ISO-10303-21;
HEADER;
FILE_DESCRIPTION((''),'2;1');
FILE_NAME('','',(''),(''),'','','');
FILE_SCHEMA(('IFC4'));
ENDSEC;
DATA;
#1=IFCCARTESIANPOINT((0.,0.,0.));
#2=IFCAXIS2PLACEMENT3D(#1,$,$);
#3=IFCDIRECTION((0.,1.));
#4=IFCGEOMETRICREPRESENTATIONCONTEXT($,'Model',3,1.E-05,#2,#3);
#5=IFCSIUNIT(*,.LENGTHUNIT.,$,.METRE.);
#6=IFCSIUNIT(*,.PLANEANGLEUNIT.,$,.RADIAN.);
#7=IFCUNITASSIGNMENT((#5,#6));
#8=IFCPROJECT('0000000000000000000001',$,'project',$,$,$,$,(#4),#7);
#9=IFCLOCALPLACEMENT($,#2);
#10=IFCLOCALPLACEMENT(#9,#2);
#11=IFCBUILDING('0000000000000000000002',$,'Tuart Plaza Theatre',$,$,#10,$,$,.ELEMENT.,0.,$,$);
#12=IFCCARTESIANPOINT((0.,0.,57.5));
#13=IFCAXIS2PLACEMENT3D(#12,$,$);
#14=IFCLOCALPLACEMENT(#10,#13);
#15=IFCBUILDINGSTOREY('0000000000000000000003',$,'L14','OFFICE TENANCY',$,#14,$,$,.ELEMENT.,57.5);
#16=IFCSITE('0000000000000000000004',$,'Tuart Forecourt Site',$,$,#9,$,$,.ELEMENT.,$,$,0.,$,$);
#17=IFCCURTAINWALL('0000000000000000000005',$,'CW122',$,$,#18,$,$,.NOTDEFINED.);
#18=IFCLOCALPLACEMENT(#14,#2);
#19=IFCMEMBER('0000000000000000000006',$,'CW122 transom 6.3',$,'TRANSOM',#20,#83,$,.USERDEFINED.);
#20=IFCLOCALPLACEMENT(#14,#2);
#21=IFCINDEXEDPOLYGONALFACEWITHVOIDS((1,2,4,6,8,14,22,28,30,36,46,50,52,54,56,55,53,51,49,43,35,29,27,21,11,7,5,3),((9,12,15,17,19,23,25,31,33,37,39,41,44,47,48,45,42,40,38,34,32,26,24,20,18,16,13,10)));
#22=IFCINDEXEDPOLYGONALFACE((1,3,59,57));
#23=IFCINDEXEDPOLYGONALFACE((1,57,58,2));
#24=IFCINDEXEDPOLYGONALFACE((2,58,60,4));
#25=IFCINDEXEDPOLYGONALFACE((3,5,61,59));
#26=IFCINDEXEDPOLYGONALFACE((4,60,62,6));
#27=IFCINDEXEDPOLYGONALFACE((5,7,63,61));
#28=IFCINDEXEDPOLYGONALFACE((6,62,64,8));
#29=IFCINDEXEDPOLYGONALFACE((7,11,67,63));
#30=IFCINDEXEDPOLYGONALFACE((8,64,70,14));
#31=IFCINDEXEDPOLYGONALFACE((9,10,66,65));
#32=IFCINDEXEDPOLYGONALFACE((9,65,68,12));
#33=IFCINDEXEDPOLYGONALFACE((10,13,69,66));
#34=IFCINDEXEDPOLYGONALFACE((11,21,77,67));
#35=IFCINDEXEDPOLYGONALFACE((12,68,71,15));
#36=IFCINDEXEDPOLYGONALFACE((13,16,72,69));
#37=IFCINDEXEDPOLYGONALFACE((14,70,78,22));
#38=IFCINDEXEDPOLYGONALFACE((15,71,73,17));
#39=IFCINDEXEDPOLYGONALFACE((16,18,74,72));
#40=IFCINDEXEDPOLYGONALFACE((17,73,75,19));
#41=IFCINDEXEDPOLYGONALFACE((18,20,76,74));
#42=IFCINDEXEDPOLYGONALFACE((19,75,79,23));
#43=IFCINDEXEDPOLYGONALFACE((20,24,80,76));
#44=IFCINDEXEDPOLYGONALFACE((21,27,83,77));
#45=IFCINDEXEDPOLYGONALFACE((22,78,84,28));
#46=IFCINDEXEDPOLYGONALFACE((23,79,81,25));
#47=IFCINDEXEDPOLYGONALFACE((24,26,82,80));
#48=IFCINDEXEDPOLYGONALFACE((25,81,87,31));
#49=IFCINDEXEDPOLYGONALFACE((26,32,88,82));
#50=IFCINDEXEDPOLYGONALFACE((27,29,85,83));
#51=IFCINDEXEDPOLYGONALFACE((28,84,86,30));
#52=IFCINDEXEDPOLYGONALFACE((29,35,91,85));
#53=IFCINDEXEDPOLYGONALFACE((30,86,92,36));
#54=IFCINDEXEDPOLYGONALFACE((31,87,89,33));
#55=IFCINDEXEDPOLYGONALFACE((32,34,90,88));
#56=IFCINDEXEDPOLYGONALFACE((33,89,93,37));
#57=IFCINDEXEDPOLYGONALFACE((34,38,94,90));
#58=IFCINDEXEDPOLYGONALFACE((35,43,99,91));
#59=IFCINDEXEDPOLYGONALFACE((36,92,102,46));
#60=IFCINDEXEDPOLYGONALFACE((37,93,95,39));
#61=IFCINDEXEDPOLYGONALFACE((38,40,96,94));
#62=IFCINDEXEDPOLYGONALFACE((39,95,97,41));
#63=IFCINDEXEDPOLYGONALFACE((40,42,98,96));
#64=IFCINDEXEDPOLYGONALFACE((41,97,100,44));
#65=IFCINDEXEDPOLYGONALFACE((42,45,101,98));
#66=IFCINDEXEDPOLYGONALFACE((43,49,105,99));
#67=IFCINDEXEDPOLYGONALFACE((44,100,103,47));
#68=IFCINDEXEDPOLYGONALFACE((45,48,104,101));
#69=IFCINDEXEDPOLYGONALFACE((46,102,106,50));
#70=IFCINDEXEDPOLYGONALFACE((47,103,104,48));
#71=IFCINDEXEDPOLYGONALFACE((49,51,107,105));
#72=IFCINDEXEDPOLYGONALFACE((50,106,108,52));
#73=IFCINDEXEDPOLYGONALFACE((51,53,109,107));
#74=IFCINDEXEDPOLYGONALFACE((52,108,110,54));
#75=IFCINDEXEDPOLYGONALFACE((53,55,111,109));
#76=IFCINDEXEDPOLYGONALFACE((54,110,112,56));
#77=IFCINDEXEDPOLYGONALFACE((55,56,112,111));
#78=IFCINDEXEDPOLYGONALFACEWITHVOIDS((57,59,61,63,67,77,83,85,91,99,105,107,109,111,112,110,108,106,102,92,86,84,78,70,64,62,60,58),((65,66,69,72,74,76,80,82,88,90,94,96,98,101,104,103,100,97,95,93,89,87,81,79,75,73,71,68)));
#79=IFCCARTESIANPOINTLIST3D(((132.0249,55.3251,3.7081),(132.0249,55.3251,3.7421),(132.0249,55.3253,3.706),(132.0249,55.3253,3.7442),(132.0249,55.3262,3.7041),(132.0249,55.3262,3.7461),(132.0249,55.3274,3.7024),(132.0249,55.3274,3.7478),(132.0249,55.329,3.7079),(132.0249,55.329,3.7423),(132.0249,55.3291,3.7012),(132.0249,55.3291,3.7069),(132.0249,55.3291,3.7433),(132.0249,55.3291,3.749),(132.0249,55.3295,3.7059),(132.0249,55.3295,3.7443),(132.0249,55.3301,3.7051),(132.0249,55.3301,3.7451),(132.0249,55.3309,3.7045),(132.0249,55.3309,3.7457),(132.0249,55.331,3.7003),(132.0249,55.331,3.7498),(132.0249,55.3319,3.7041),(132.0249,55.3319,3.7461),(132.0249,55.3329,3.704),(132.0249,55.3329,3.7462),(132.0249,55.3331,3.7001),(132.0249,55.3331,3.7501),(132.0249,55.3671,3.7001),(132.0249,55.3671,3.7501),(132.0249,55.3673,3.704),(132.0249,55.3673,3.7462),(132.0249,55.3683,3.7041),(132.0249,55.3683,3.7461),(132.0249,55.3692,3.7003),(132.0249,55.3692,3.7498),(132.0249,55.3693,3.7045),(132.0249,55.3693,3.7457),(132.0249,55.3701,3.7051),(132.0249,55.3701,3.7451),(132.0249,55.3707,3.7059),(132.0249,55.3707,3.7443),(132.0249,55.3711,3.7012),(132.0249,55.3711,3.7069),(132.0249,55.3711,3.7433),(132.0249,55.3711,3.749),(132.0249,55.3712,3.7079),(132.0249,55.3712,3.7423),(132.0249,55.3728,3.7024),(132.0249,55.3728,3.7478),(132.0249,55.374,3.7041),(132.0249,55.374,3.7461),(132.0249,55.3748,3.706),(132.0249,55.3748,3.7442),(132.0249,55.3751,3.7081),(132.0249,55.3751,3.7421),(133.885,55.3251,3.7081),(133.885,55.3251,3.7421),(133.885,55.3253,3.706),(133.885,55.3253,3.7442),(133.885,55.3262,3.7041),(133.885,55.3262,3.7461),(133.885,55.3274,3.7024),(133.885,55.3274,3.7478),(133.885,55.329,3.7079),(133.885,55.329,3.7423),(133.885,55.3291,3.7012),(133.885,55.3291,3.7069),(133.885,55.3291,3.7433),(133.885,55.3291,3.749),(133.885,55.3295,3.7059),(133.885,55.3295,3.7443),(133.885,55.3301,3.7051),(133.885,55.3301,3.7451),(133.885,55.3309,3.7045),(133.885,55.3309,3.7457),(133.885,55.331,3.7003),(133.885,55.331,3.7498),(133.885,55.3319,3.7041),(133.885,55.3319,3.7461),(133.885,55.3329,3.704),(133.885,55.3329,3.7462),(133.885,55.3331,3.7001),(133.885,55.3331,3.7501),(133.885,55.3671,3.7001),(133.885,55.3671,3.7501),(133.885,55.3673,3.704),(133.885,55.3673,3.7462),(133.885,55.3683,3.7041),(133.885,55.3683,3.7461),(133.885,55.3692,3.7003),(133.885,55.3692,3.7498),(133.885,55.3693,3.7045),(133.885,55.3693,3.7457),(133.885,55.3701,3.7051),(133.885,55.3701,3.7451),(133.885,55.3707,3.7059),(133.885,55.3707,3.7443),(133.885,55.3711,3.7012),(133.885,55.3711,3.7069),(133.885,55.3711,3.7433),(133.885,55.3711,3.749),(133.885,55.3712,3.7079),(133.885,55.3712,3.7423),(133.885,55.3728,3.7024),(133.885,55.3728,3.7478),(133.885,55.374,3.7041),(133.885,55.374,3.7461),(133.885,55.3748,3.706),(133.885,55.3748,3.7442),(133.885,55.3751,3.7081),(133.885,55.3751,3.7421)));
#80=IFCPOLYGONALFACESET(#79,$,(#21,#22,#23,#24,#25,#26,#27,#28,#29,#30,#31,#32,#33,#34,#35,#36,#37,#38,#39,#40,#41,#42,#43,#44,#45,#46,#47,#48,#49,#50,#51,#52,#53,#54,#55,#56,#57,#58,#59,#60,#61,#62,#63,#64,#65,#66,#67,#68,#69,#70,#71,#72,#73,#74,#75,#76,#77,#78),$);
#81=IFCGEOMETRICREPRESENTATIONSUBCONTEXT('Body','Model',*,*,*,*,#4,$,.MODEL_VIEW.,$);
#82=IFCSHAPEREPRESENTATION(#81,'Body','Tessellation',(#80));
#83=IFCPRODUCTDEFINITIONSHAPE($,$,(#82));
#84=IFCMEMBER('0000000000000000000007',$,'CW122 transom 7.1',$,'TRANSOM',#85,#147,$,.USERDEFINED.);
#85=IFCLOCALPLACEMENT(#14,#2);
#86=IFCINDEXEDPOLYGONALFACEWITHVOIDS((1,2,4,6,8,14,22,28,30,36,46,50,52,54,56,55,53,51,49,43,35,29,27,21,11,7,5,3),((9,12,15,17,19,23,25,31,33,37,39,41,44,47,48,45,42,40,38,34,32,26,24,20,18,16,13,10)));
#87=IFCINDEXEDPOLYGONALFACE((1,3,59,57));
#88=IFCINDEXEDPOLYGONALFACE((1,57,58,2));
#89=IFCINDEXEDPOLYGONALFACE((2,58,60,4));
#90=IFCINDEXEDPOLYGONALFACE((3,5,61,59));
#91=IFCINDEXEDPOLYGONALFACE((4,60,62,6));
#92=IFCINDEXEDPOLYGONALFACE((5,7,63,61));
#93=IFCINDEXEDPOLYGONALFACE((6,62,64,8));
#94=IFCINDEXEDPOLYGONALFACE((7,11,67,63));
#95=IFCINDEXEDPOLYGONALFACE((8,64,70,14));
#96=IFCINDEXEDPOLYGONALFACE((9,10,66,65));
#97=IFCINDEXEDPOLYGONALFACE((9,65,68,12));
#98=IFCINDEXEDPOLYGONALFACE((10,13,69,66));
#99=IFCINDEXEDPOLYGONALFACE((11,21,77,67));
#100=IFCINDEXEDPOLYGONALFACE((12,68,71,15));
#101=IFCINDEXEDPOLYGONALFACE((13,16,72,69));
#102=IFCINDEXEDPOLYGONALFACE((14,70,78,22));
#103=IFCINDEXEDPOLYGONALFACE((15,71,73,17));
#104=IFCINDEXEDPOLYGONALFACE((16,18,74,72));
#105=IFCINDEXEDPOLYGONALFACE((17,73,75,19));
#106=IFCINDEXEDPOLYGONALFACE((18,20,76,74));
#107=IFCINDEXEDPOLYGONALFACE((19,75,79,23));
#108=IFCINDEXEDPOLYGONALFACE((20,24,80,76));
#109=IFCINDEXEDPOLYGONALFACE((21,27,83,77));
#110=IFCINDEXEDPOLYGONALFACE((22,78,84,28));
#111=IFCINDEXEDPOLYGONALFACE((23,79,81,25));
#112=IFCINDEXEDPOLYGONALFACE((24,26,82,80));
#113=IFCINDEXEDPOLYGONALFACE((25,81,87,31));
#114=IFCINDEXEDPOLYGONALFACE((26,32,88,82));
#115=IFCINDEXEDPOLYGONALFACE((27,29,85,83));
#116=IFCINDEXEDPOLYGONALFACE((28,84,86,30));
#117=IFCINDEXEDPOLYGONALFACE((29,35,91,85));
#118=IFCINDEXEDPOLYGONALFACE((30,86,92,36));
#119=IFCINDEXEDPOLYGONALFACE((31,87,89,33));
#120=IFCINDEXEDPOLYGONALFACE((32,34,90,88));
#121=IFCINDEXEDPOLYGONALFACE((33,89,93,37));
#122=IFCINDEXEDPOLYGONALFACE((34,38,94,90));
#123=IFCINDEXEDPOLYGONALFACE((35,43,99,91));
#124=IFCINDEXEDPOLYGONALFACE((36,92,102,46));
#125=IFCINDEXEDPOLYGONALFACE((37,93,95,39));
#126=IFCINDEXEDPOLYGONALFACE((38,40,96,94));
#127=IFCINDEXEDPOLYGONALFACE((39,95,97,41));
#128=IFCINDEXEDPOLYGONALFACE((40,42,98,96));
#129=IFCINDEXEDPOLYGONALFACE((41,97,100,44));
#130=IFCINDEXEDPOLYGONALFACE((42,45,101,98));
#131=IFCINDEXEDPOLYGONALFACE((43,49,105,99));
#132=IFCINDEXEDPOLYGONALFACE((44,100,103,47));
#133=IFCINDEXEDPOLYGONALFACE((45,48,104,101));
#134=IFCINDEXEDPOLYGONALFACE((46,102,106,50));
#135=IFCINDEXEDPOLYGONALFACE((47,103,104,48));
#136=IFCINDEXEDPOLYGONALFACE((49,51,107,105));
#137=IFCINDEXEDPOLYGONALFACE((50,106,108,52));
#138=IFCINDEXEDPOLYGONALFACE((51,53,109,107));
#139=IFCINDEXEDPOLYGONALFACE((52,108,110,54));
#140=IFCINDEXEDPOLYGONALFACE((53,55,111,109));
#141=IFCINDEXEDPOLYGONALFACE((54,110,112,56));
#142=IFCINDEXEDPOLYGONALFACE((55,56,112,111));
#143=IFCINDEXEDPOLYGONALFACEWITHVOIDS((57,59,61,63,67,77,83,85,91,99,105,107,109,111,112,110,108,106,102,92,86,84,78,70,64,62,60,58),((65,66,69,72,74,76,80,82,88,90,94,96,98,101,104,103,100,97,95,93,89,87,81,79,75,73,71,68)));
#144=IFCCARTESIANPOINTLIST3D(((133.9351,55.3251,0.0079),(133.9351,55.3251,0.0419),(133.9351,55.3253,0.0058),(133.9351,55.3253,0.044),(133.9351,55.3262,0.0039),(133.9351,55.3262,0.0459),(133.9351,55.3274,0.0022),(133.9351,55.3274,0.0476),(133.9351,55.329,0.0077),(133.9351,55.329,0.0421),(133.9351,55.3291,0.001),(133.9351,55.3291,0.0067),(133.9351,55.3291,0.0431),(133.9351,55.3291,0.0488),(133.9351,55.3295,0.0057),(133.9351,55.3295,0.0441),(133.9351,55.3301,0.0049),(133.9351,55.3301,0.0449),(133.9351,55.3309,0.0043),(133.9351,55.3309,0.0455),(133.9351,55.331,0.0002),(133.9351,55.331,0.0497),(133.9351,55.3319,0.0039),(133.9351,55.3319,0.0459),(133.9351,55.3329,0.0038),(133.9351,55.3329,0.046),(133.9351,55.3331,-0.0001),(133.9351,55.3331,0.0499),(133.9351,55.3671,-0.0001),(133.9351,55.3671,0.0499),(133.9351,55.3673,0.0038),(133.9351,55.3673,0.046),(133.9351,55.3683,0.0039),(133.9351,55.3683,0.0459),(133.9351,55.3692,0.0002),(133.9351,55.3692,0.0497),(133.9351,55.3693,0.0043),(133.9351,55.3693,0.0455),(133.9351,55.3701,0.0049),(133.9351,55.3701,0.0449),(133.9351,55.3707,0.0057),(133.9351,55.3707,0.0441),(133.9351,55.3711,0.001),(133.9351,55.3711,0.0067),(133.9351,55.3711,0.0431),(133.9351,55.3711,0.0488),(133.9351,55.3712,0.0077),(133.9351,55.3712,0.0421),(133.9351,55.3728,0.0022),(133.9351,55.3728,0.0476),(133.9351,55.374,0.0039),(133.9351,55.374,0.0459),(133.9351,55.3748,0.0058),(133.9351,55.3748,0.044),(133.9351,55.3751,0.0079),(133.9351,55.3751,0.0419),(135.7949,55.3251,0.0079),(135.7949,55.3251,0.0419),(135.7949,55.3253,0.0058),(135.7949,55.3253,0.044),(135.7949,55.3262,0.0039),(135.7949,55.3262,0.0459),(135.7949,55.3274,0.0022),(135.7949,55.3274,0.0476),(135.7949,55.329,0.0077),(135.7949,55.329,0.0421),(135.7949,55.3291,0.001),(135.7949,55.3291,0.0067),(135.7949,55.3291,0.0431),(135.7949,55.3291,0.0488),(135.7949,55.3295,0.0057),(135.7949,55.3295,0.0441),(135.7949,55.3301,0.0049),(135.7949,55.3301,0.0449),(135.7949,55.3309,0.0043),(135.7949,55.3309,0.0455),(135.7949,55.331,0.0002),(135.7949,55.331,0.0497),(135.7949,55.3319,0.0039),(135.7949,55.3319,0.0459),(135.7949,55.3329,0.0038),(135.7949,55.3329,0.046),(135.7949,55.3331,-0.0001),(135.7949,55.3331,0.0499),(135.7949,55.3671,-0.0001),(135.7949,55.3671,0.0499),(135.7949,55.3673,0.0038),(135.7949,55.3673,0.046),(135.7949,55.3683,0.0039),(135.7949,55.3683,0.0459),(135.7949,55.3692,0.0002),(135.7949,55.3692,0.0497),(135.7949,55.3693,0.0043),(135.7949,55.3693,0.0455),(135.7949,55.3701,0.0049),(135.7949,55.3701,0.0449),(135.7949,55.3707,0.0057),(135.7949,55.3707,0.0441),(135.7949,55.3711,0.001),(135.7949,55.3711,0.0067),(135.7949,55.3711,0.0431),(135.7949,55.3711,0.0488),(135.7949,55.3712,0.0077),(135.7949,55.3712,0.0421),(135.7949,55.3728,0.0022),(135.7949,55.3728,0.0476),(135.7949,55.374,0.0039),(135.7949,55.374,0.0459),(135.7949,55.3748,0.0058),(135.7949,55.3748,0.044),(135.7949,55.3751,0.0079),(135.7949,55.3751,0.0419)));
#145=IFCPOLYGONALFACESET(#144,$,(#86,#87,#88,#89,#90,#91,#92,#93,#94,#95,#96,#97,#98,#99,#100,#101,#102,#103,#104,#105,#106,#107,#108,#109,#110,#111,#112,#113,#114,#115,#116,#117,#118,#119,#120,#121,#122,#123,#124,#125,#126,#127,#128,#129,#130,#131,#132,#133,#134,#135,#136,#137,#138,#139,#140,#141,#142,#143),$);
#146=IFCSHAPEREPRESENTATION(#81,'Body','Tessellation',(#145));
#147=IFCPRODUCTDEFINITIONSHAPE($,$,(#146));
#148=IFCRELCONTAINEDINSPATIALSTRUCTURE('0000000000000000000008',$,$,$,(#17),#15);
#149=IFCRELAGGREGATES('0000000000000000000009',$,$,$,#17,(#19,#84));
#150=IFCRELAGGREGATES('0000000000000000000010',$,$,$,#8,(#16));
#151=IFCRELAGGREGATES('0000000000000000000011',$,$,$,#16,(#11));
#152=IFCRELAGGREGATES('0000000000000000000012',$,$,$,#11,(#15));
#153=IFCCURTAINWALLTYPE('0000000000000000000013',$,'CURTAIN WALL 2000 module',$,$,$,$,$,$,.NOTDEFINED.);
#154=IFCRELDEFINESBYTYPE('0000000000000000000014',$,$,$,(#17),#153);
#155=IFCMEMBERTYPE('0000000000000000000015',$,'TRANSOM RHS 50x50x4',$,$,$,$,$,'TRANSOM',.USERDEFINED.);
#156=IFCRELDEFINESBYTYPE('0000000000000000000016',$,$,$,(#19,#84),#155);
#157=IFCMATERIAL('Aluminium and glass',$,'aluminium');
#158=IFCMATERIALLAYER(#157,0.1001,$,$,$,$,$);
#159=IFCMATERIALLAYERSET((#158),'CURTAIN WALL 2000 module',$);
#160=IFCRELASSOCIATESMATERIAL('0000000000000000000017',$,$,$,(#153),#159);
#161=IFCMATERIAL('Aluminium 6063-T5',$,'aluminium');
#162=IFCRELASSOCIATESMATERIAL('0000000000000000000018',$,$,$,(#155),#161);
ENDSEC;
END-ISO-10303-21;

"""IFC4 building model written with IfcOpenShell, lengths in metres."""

from ifc_helpers import new_model, si_unit, direction, frame, origin, origin_2d, place, context, subcontext, project, spatial, hollow_rectangle, extrude, material, layer, layer_set, material_profile, profile_set, type_object, element, aggregate, save


model = new_model("IFC4")

# Units and contexts
model_context = context("Model", 3, precision=1e-05, world=origin(), true_north=direction((0.0, 1.0)))
body_context = subcontext(model_context, "Body", "Model", "MODEL_VIEW")
ifc_project = project(units=[si_unit("LENGTHUNIT", "METRE"), si_unit("PLANEANGLEUNIT", "RADIAN")], contexts=[model_context])

# Site, building, storey
site_placement = place(None, origin())
site = spatial("IfcSite", under=ifc_project, at=site_placement, Name="Tuart Forecourt Site", CompositionType="ELEMENT", RefElevation=0.0)
building_placement = place(site_placement, origin())
building = spatial("IfcBuilding", under=site, at=building_placement, Name="Tuart Plaza Theatre", CompositionType="ELEMENT", ElevationOfRefHeight=0.0)
storey_placement = place(building_placement, frame((0.0, 0.0, 57.5)))
storey = spatial("IfcBuildingStorey", under=building, at=storey_placement, Name="L14", Description="OFFICE TENANCY", CompositionType="ELEMENT", Elevation=57.5)

# Curtain wall, members
ifc_material_1 = material(Name="Aluminium and glass", Category="aluminium")
ifc_layer_1 = layer(ifc_material_1, 0.1001)
ifc_layer_set_1 = layer_set([ifc_layer_1], Name="CURTAIN WALL 2000 module")
curtain_wall_type = type_object("IfcCurtainWallType", Name="CURTAIN WALL 2000 module", PredefinedType="NOTDEFINED", material=ifc_layer_set_1)
curtain_wall_placement = place(storey_placement, origin())
curtain_wall = element("IfcCurtainWall", 1, at=curtain_wall_placement, inside=storey, type_object=curtain_wall_type, Name="CW122", PredefinedType="NOTDEFINED")
ifc_material_2 = material(Name="Aluminium 6063-T5", Category="aluminium")
ifc_material_profile_1 = material_profile(ifc_material_2, hollow_rectangle(XDim=0.05, YDim=0.05, WallThickness=0.0039, InnerFilletRadius=0.0039, OuterFilletRadius=0.0081, at=origin_2d()), Name="RHS 50x50x4")
ifc_profile_set_1 = profile_set([ifc_material_profile_1], Name="Aluminium 6063-T5")
member_type_1 = type_object("IfcMemberType", Name="TRANSOM RHS 50x50x4", ElementType="TRANSOM", PredefinedType="USERDEFINED", material=ifc_profile_set_1)
member_1_placement = place(storey_placement, frame((132.0249, 55.3501, 3.7251), z_axis=(1.0, 0.0, 0.0), x_axis=(0.0, 1.0, 0.0)))
member_1 = element("IfcMember", 2, at=member_1_placement, type_object=member_type_1, Name="CW122 transom 6.3", ObjectType="TRANSOM", PredefinedType="USERDEFINED", context=body_context, shape_type="SweptSolid", body=[
    extrude(hollow_rectangle(XDim=0.05, YDim=0.05, WallThickness=0.0039, InnerFilletRadius=0.0039, OuterFilletRadius=0.0081, at=origin_2d()), origin(), (0.0, 0.0, 1.0), 1.8601),
])
member_2_placement = place(storey_placement, frame((133.9351, 55.3501, 0.0249), z_axis=(1.0, 0.0, 0.0), x_axis=(0.0, 1.0, 0.0)))
member_2 = element("IfcMember", 3, at=member_2_placement, type_object=member_type_1, Name="CW122 transom 7.1", ObjectType="TRANSOM", PredefinedType="USERDEFINED", context=body_context, shape_type="SweptSolid", body=[
    extrude(hollow_rectangle(XDim=0.05, YDim=0.05, WallThickness=0.0039, InnerFilletRadius=0.0039, OuterFilletRadius=0.0081, at=origin_2d()), origin(), (0.0, 0.0, 1.0), 1.8599),
])
aggregate(curtain_wall, [member_1, member_2])

save(model, "model.ifc")
